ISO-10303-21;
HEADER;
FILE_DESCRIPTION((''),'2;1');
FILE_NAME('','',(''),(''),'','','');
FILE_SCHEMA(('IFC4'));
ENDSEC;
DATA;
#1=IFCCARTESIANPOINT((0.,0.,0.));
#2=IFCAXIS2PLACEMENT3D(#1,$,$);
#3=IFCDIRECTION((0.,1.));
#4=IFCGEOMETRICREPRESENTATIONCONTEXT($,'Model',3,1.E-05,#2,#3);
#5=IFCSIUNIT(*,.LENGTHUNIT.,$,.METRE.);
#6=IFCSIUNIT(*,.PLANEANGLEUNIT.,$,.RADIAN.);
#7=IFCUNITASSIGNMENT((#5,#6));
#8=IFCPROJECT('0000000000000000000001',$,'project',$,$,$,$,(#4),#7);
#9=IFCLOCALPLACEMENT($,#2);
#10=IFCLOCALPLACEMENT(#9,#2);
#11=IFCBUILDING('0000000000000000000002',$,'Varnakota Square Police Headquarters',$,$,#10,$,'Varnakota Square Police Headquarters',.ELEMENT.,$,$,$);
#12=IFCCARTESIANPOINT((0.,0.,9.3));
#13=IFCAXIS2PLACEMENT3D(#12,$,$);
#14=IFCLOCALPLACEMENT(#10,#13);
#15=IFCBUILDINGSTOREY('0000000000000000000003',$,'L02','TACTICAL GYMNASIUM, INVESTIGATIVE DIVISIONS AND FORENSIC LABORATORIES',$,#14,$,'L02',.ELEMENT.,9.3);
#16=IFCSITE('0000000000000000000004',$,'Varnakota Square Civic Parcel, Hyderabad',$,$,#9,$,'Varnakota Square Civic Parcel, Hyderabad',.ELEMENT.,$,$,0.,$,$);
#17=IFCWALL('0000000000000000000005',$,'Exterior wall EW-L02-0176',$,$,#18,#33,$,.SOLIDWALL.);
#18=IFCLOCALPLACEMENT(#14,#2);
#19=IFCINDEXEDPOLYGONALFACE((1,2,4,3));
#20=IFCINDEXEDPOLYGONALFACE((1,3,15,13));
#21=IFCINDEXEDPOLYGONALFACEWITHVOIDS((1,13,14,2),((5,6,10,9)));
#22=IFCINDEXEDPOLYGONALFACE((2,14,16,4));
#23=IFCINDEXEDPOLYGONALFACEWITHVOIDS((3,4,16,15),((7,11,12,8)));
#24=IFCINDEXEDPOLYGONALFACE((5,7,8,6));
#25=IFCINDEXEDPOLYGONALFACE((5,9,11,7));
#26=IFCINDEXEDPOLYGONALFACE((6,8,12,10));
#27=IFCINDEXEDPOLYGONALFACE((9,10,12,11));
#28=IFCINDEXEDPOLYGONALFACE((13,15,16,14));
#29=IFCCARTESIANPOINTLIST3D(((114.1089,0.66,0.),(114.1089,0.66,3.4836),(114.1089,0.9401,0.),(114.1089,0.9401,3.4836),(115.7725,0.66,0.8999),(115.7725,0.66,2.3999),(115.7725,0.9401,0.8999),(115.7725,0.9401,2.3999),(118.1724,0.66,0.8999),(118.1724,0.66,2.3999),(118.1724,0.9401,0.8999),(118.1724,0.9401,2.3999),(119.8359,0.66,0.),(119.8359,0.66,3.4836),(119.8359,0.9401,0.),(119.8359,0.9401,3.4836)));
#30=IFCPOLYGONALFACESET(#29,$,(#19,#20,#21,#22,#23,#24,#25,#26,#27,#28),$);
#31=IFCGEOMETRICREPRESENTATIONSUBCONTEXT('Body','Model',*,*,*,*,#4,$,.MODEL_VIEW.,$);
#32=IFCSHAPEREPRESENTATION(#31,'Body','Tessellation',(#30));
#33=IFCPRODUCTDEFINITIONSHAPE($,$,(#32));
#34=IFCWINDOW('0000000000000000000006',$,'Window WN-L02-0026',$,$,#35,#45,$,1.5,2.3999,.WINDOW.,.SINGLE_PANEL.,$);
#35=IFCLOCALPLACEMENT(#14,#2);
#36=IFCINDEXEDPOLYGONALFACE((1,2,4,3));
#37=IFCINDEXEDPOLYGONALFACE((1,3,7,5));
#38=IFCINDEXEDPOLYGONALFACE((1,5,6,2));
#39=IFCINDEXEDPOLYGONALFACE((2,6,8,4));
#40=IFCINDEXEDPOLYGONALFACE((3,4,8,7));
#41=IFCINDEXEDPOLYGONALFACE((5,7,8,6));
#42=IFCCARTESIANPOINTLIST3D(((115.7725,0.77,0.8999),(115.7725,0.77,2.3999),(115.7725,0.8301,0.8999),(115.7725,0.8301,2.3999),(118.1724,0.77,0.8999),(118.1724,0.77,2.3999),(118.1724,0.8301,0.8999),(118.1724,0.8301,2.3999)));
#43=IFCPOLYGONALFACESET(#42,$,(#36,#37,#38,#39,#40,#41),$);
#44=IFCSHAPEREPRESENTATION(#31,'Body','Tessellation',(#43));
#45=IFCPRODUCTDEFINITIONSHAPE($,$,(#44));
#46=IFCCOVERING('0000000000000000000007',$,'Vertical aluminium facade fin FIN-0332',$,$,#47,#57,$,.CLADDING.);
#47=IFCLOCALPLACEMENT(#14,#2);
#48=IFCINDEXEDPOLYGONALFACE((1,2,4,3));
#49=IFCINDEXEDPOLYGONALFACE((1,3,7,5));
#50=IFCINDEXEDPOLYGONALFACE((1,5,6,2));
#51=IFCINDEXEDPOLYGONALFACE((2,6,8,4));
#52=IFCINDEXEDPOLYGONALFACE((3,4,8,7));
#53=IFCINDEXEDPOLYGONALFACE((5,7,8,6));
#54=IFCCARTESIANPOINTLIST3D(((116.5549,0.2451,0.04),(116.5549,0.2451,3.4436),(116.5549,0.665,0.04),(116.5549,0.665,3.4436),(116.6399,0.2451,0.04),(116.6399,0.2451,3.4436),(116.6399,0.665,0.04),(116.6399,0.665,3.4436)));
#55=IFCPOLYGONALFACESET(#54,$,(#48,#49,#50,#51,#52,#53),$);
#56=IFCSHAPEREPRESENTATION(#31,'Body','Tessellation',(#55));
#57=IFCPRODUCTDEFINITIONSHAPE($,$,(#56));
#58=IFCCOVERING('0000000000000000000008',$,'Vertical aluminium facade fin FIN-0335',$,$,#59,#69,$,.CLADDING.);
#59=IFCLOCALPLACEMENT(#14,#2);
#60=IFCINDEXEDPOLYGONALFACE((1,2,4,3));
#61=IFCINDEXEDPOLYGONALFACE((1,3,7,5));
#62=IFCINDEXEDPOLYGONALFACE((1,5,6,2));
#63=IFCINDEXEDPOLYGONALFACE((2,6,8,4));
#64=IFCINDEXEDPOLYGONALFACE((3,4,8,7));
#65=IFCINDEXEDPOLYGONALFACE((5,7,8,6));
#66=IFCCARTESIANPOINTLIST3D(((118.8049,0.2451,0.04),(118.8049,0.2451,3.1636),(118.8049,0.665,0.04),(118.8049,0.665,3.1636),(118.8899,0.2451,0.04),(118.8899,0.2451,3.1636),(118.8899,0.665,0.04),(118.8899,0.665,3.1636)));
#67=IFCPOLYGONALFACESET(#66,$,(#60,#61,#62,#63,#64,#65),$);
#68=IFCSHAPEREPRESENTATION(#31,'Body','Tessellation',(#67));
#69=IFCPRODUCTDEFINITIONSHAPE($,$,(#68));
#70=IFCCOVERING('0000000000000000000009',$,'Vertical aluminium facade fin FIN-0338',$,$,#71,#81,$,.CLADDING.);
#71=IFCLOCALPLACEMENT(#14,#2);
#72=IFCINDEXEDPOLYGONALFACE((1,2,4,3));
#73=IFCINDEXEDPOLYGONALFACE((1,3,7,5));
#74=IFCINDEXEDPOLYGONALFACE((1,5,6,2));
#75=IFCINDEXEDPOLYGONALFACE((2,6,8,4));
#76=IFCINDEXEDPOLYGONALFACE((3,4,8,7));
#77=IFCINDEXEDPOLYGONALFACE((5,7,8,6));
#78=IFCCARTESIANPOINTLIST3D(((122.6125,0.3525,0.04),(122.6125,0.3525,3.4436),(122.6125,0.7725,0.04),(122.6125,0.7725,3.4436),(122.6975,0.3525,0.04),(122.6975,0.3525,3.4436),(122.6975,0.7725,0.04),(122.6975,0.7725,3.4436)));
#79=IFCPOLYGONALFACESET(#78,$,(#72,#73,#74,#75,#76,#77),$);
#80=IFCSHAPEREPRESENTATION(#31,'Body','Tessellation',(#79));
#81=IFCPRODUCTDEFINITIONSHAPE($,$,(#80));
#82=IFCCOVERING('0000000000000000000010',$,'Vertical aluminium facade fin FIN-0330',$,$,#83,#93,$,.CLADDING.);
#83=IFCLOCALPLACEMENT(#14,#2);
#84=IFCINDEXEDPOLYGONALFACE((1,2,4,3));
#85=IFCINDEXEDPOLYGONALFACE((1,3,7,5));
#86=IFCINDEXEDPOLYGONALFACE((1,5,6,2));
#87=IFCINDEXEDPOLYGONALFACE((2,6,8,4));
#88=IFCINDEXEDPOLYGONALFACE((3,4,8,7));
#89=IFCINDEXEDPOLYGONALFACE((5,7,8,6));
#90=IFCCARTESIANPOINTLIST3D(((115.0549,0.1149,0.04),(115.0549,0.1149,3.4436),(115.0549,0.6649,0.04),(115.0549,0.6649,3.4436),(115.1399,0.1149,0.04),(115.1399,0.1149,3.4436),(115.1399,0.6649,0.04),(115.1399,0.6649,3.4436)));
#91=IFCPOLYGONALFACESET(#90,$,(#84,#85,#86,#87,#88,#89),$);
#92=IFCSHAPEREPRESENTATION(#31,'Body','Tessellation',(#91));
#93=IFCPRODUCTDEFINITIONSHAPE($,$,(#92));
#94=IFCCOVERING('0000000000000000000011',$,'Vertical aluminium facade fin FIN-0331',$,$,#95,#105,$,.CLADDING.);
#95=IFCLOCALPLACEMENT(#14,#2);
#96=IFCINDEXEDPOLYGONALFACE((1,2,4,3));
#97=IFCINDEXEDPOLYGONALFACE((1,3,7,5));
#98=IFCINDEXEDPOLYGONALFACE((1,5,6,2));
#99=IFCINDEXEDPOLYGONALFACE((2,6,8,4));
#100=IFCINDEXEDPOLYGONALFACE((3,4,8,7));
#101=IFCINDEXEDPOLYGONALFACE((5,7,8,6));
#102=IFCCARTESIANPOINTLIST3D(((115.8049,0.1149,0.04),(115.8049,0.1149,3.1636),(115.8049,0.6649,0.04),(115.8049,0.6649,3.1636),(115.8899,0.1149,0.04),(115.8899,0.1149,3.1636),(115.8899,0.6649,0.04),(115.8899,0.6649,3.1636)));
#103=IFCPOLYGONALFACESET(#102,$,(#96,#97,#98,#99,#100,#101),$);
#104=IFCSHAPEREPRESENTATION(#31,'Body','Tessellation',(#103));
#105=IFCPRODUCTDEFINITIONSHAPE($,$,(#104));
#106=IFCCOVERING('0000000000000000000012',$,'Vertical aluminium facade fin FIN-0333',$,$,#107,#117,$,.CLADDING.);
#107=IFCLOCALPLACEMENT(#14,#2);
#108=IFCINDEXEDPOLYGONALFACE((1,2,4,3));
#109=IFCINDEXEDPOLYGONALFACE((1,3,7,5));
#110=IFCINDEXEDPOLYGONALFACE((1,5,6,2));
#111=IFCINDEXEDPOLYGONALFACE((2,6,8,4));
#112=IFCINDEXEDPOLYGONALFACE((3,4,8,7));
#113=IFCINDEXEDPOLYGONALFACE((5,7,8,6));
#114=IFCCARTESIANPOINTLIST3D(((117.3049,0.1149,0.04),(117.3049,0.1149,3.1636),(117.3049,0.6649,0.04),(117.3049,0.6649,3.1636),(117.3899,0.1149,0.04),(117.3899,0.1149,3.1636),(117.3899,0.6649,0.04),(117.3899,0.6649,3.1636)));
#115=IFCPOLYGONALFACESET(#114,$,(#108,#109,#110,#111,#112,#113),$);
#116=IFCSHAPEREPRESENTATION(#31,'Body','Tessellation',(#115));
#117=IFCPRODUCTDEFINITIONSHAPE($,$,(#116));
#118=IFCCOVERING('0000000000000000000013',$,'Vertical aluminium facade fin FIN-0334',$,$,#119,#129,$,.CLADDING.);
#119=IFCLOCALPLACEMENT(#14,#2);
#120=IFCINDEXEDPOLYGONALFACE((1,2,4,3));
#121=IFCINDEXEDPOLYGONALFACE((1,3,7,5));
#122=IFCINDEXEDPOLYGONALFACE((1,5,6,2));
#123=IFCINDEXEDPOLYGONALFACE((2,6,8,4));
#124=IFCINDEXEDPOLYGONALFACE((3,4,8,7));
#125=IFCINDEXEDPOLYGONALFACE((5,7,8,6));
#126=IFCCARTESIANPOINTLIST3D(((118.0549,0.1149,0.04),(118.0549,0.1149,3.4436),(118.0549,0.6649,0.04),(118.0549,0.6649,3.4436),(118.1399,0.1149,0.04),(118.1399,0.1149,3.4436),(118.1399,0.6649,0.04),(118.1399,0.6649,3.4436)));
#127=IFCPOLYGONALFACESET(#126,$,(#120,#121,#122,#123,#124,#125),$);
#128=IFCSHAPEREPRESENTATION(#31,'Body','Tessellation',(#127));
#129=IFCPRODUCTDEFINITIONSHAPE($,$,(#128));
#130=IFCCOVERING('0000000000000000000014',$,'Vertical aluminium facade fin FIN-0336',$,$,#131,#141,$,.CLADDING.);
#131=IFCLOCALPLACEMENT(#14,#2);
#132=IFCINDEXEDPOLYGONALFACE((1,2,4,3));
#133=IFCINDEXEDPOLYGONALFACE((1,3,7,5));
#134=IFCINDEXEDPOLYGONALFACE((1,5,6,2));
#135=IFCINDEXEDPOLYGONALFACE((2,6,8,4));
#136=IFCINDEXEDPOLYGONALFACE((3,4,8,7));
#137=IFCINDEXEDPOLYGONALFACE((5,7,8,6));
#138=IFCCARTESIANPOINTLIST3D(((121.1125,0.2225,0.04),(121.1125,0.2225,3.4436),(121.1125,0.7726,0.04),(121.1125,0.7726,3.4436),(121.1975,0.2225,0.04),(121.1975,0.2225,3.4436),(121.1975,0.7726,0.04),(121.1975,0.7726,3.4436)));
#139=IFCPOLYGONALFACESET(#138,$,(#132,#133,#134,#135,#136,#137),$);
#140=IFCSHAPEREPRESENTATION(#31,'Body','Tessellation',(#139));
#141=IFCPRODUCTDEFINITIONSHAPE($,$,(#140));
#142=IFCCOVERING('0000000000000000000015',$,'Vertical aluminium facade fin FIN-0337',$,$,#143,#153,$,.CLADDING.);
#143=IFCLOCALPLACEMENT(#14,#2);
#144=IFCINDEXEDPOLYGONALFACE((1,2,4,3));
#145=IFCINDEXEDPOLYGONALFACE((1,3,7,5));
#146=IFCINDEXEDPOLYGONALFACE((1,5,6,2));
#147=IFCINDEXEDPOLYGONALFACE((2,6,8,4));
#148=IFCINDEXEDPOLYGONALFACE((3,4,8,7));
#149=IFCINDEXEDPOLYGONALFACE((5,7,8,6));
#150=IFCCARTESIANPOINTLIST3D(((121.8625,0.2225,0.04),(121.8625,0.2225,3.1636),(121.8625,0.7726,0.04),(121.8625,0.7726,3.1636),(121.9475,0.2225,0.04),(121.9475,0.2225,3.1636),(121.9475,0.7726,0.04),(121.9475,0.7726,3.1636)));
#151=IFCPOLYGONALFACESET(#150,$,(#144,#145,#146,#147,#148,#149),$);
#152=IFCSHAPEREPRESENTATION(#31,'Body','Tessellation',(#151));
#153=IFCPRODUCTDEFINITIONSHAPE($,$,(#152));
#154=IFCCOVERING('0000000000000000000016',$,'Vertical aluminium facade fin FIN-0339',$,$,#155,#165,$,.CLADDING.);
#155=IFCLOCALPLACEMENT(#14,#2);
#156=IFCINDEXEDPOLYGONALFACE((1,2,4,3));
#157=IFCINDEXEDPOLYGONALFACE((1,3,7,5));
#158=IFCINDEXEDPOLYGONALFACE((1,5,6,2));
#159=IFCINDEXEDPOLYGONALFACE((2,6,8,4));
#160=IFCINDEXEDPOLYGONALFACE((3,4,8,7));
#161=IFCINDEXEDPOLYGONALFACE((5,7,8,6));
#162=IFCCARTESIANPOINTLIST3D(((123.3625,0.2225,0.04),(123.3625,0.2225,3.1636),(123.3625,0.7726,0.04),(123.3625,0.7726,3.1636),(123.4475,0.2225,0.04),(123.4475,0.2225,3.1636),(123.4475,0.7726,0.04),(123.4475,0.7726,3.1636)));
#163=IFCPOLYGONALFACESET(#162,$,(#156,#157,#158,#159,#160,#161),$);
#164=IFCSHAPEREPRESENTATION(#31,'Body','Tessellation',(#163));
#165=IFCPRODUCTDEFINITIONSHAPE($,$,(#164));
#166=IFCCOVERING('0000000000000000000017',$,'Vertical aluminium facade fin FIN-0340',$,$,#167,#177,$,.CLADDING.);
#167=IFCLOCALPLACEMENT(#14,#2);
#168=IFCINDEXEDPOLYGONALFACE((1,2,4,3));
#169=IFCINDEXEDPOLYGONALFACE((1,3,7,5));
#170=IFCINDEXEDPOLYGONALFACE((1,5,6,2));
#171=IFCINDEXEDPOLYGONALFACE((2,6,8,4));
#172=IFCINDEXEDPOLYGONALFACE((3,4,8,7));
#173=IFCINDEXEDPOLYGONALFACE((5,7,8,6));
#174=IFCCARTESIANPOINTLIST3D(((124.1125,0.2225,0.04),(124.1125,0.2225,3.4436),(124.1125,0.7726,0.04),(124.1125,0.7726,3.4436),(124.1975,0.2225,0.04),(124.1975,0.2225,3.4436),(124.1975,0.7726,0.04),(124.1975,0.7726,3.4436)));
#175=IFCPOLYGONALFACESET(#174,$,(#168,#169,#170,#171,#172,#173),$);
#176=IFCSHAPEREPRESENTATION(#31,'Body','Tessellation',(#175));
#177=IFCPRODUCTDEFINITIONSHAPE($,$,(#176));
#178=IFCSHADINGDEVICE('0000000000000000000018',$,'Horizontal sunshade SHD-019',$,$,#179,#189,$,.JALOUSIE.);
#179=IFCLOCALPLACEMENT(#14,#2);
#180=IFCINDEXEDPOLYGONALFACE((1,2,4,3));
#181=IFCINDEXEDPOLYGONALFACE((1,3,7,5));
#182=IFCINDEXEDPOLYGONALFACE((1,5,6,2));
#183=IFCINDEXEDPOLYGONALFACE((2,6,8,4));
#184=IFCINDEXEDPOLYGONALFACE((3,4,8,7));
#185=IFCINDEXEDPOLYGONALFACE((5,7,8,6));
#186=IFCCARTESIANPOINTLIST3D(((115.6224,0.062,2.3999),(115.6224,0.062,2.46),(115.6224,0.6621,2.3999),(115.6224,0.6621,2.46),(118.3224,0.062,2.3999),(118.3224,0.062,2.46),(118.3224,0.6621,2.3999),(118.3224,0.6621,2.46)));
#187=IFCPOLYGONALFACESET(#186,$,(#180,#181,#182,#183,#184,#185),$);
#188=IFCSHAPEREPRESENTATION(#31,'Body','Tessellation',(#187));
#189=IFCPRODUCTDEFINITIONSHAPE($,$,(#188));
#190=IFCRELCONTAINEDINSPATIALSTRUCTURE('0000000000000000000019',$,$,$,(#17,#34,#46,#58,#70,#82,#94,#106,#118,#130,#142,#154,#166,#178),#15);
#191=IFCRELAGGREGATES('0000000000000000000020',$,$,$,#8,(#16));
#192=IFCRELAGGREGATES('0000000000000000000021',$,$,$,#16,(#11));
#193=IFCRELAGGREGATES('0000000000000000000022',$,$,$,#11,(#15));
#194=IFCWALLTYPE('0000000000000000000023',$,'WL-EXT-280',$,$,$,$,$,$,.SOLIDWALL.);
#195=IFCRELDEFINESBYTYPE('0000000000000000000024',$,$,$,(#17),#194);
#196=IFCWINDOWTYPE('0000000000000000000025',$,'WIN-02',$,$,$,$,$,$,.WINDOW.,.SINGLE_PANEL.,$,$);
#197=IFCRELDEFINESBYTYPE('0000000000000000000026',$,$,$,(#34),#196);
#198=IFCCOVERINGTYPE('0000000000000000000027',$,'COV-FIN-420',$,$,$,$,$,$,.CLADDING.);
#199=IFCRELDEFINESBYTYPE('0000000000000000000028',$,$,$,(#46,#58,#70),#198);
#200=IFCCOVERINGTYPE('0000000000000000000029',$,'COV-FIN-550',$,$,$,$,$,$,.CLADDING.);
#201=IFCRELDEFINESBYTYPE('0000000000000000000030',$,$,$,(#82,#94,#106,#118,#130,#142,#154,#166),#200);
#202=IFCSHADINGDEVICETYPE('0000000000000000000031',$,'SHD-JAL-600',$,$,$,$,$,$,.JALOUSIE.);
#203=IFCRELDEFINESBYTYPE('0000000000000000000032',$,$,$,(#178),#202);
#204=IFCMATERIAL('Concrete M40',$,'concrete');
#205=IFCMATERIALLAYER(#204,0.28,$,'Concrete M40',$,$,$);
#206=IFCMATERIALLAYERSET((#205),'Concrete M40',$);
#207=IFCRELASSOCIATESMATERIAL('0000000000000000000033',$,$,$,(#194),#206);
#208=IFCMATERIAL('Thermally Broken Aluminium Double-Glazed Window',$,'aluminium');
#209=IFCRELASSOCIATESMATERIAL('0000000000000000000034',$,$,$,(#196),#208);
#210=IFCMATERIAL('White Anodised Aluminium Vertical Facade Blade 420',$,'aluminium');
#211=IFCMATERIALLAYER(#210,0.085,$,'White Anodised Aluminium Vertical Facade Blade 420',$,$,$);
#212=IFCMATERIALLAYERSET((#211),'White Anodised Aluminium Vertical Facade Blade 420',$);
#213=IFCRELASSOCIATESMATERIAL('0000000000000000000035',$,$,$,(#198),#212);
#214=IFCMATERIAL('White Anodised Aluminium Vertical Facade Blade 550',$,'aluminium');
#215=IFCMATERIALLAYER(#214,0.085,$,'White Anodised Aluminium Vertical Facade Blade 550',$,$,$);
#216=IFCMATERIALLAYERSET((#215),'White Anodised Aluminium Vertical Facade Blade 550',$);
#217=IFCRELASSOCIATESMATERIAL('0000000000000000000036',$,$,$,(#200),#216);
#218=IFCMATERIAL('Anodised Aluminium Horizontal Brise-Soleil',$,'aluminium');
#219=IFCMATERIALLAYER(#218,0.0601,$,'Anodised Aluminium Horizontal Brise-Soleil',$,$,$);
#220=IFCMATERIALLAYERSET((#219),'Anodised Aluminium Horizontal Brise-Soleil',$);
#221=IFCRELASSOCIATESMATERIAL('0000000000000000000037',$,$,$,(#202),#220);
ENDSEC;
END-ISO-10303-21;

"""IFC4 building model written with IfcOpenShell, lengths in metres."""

from ifc_helpers import new_model, si_unit, direction, frame, frame_2d, origin, origin_2d, place, context, subcontext, project, spatial, rectangle, extrude, material, layer, layer_set, type_object, element, fill, save


model = new_model("IFC4")

# Units and contexts
model_context = context("Model", 3, precision=1e-05, world=origin(), true_north=direction((0.0, 1.0)))
body_context = subcontext(model_context, "Body", "Model", "MODEL_VIEW")
ifc_project = project(units=[si_unit("LENGTHUNIT", "METRE"), si_unit("PLANEANGLEUNIT", "RADIAN")], contexts=[model_context])

# Site, building, storey
site_placement = place(None, origin())
site = spatial("IfcSite", under=ifc_project, at=site_placement, Name="Varnakota Square Civic Parcel, Hyderabad", LongName="Varnakota Square Civic Parcel, Hyderabad", CompositionType="ELEMENT", RefElevation=0.0)
building_placement = place(site_placement, origin())
building = spatial("IfcBuilding", under=site, at=building_placement, Name="Varnakota Square Police Headquarters", LongName="Varnakota Square Police Headquarters", CompositionType="ELEMENT")
storey_placement = place(building_placement, frame((0.0, 0.0, 9.3)))
storey = spatial("IfcBuildingStorey", under=building, at=storey_placement, Name="L02", Description="TACTICAL GYMNASIUM, INVESTIGATIVE DIVISIONS AND FORENSIC LABORATORIES", LongName="L02", CompositionType="ELEMENT", Elevation=9.3)

# Wall, opening, window
ifc_material_1 = material(Name="Concrete M40", Category="concrete")
ifc_layer_1 = layer(ifc_material_1, 0.28, Name="Concrete M40")
ifc_layer_set_1 = layer_set([ifc_layer_1], Name="Concrete M40")
wall_type = type_object("IfcWallType", Name="WL-EXT-280", PredefinedType="SOLIDWALL", material=ifc_layer_set_1)
wall_placement = place(storey_placement, frame((114.1089, 0.8, 0.0), z_axis=(0.0, 0.0, 1.0), x_axis=(1.0, 0.0, 0.0)))
wall = element("IfcWall", 1, at=wall_placement, inside=storey, type_object=wall_type, Name="Exterior wall EW-L02-0176", PredefinedType="SOLIDWALL", context=body_context, shape_type="SweptSolid", body=[
    extrude(rectangle(XDim=5.7271, YDim=0.28, at=frame_2d((2.8635, 0.0))), origin(), (0.0, 0.0, 1.0), 3.4836),
])
opening_placement = place(wall_placement, frame((1.6636, 0.0, 0.8999)))
opening = element("IfcOpeningElement", 2, at=opening_placement, cuts=wall, PredefinedType="OPENING", context=body_context, shape_type="SweptSolid", body=[
    extrude(rectangle(XDim=2.3999, YDim=1.5, at=frame_2d((1.2, 0.75))), frame((0.0, 0.1499, 0.0), z_axis=(0.0, -1.0, 0.0), x_axis=(1.0, 0.0, 0.0)), (0.0, 0.0, 1.0), 0.3),
])
ifc_material_2 = material(Name="Thermally Broken Aluminium Double-Glazed Window", Category="aluminium")
window_type = type_object("IfcWindowType", Name="WIN-02", PartitioningType="SINGLE_PANEL", PredefinedType="WINDOW", material=ifc_material_2)
window_placement = place(opening_placement, origin())
window = element("IfcWindow", 3, at=window_placement, inside=storey, type_object=window_type, Name="Window WN-L02-0026", OverallHeight=1.5, OverallWidth=2.3999, PartitioningType="SINGLE_PANEL", PredefinedType="WINDOW", context=body_context, shape_type="SweptSolid", body=[
    extrude(rectangle(XDim=2.3999, YDim=1.5, at=frame_2d((1.2, 0.75))), frame((0.0, 0.03, 0.0), z_axis=(0.0, -1.0, 0.0), x_axis=(1.0, 0.0, 0.0)), (0.0, 0.0, 1.0), 0.0601),
])
fill(opening, window)

# Coverings
ifc_material_3 = material(Name="White Anodised Aluminium Vertical Facade Blade 420", Category="aluminium")
ifc_layer_2 = layer(ifc_material_3, 0.085, Name="White Anodised Aluminium Vertical Facade Blade 420")
ifc_layer_set_2 = layer_set([ifc_layer_2], Name="White Anodised Aluminium Vertical Facade Blade 420")
covering_type_1 = type_object("IfcCoveringType", Name="COV-FIN-420", PredefinedType="CLADDING", material=ifc_layer_set_2)
covering_1_placement = place(storey_placement, frame((116.5974, 0.4551, 0.04), z_axis=(0.0, 0.0, 1.0), x_axis=(1.0, 0.0, 0.0)))
element("IfcCovering", 4, at=covering_1_placement, inside=storey, type_object=covering_type_1, Name="Vertical aluminium facade fin FIN-0332", PredefinedType="CLADDING", context=body_context, shape_type="SweptSolid", body=[
    extrude(rectangle(XDim=0.085, YDim=0.4199, at=origin_2d()), origin(), (0.0, 0.0, 1.0), 3.4036),
])
covering_2_placement = place(storey_placement, frame((118.8474, 0.4551, 0.04), z_axis=(0.0, 0.0, 1.0), x_axis=(1.0, 0.0, 0.0)))
element("IfcCovering", 5, at=covering_2_placement, inside=storey, type_object=covering_type_1, Name="Vertical aluminium facade fin FIN-0335", PredefinedType="CLADDING", context=body_context, shape_type="SweptSolid", body=[
    extrude(rectangle(XDim=0.085, YDim=0.4199, at=origin_2d()), origin(), (0.0, 0.0, 1.0), 3.1235),
])
covering_3_placement = place(storey_placement, frame((122.655, 0.5625, 0.04), z_axis=(0.0, 0.0, 1.0), x_axis=(1.0, 0.0, 0.0)))
element("IfcCovering", 6, at=covering_3_placement, inside=storey, type_object=covering_type_1, Name="Vertical aluminium facade fin FIN-0338", PredefinedType="CLADDING", context=body_context, shape_type="SweptSolid", body=[
    extrude(rectangle(XDim=0.085, YDim=0.4199, at=origin_2d()), origin(), (0.0, 0.0, 1.0), 3.4036),
])
ifc_material_4 = material(Name="White Anodised Aluminium Vertical Facade Blade 550", Category="aluminium")
ifc_layer_3 = layer(ifc_material_4, 0.085, Name="White Anodised Aluminium Vertical Facade Blade 550")
ifc_layer_set_3 = layer_set([ifc_layer_3], Name="White Anodised Aluminium Vertical Facade Blade 550")
covering_type_2 = type_object("IfcCoveringType", Name="COV-FIN-550", PredefinedType="CLADDING", material=ifc_layer_set_3)
covering_4_placement = place(storey_placement, frame((115.0974, 0.3899, 0.04), z_axis=(0.0, 0.0, 1.0), x_axis=(1.0, 0.0, 0.0)))
element("IfcCovering", 7, at=covering_4_placement, inside=storey, type_object=covering_type_2, Name="Vertical aluminium facade fin FIN-0330", PredefinedType="CLADDING", context=body_context, shape_type="SweptSolid", body=[
    extrude(rectangle(XDim=0.085, YDim=0.55, at=origin_2d()), origin(), (0.0, 0.0, 1.0), 3.4036),
])
for number, where, z_axis, x_axis, name in (
    (8, (115.8474, 0.3899, 0.04), (0.0, 0.0, 1.0), (1.0, 0.0, 0.0), "Vertical aluminium facade fin FIN-0331"),
    (9, (117.3474, 0.3899, 0.04), (0.0, 0.0, 1.0), (1.0, 0.0, 0.0), "Vertical aluminium facade fin FIN-0333"),
):
    element("IfcCovering", number, at=place(storey_placement, frame(where, z_axis=z_axis, x_axis=x_axis)), inside=storey, type_object=covering_type_2, Name=name, PredefinedType="CLADDING", context=body_context, shape_type="SweptSolid", body=[
        extrude(rectangle(XDim=0.085, YDim=0.55, at=origin_2d()), origin(), (0.0, 0.0, 1.0), 3.1235),
    ])
for number, where, z_axis, x_axis, name in (
    (10, (118.0974, 0.3899, 0.04), (0.0, 0.0, 1.0), (1.0, 0.0, 0.0), "Vertical aluminium facade fin FIN-0334"),
    (11, (121.155, 0.4976, 0.04), (0.0, 0.0, 1.0), (1.0, 0.0, 0.0), "Vertical aluminium facade fin FIN-0336"),
):
    element("IfcCovering", number, at=place(storey_placement, frame(where, z_axis=z_axis, x_axis=x_axis)), inside=storey, type_object=covering_type_2, Name=name, PredefinedType="CLADDING", context=body_context, shape_type="SweptSolid", body=[
        extrude(rectangle(XDim=0.085, YDim=0.55, at=origin_2d()), origin(), (0.0, 0.0, 1.0), 3.4036),
    ])
for number, where, z_axis, x_axis, name in (
    (12, (121.905, 0.4976, 0.04), (0.0, 0.0, 1.0), (1.0, 0.0, 0.0), "Vertical aluminium facade fin FIN-0337"),
    (13, (123.405, 0.4976, 0.04), (0.0, 0.0, 1.0), (1.0, 0.0, 0.0), "Vertical aluminium facade fin FIN-0339"),
):
    element("IfcCovering", number, at=place(storey_placement, frame(where, z_axis=z_axis, x_axis=x_axis)), inside=storey, type_object=covering_type_2, Name=name, PredefinedType="CLADDING", context=body_context, shape_type="SweptSolid", body=[
        extrude(rectangle(XDim=0.085, YDim=0.55, at=origin_2d()), origin(), (0.0, 0.0, 1.0), 3.1235),
    ])
covering_5_placement = place(storey_placement, frame((124.155, 0.4976, 0.04), z_axis=(0.0, 0.0, 1.0), x_axis=(1.0, 0.0, 0.0)))
element("IfcCovering", 14, at=covering_5_placement, inside=storey, type_object=covering_type_2, Name="Vertical aluminium facade fin FIN-0340", PredefinedType="CLADDING", context=body_context, shape_type="SweptSolid", body=[
    extrude(rectangle(XDim=0.085, YDim=0.55, at=origin_2d()), origin(), (0.0, 0.0, 1.0), 3.4036),
])

# Shading device
ifc_material_5 = material(Name="Anodised Aluminium Horizontal Brise-Soleil", Category="aluminium")
ifc_layer_4 = layer(ifc_material_5, 0.0601, Name="Anodised Aluminium Horizontal Brise-Soleil")
ifc_layer_set_4 = layer_set([ifc_layer_4], Name="Anodised Aluminium Horizontal Brise-Soleil")
shading_device_type = type_object("IfcShadingDeviceType", Name="SHD-JAL-600", PredefinedType="JALOUSIE", material=ifc_layer_set_4)
shading_device_placement = place(storey_placement, frame((116.9724, 0.3621, 2.3999), z_axis=(0.0, 0.0, 1.0), x_axis=(1.0, 0.0, 0.0)))
element("IfcShadingDevice", 15, at=shading_device_placement, inside=storey, type_object=shading_device_type, Name="Horizontal sunshade SHD-019", PredefinedType="JALOUSIE", context=body_context, shape_type="SweptSolid", body=[
    extrude(rectangle(XDim=2.7, YDim=0.6001, at=origin_2d()), origin(), (0.0, 0.0, 1.0), 0.0601),
])

save(model, "model.ifc")
